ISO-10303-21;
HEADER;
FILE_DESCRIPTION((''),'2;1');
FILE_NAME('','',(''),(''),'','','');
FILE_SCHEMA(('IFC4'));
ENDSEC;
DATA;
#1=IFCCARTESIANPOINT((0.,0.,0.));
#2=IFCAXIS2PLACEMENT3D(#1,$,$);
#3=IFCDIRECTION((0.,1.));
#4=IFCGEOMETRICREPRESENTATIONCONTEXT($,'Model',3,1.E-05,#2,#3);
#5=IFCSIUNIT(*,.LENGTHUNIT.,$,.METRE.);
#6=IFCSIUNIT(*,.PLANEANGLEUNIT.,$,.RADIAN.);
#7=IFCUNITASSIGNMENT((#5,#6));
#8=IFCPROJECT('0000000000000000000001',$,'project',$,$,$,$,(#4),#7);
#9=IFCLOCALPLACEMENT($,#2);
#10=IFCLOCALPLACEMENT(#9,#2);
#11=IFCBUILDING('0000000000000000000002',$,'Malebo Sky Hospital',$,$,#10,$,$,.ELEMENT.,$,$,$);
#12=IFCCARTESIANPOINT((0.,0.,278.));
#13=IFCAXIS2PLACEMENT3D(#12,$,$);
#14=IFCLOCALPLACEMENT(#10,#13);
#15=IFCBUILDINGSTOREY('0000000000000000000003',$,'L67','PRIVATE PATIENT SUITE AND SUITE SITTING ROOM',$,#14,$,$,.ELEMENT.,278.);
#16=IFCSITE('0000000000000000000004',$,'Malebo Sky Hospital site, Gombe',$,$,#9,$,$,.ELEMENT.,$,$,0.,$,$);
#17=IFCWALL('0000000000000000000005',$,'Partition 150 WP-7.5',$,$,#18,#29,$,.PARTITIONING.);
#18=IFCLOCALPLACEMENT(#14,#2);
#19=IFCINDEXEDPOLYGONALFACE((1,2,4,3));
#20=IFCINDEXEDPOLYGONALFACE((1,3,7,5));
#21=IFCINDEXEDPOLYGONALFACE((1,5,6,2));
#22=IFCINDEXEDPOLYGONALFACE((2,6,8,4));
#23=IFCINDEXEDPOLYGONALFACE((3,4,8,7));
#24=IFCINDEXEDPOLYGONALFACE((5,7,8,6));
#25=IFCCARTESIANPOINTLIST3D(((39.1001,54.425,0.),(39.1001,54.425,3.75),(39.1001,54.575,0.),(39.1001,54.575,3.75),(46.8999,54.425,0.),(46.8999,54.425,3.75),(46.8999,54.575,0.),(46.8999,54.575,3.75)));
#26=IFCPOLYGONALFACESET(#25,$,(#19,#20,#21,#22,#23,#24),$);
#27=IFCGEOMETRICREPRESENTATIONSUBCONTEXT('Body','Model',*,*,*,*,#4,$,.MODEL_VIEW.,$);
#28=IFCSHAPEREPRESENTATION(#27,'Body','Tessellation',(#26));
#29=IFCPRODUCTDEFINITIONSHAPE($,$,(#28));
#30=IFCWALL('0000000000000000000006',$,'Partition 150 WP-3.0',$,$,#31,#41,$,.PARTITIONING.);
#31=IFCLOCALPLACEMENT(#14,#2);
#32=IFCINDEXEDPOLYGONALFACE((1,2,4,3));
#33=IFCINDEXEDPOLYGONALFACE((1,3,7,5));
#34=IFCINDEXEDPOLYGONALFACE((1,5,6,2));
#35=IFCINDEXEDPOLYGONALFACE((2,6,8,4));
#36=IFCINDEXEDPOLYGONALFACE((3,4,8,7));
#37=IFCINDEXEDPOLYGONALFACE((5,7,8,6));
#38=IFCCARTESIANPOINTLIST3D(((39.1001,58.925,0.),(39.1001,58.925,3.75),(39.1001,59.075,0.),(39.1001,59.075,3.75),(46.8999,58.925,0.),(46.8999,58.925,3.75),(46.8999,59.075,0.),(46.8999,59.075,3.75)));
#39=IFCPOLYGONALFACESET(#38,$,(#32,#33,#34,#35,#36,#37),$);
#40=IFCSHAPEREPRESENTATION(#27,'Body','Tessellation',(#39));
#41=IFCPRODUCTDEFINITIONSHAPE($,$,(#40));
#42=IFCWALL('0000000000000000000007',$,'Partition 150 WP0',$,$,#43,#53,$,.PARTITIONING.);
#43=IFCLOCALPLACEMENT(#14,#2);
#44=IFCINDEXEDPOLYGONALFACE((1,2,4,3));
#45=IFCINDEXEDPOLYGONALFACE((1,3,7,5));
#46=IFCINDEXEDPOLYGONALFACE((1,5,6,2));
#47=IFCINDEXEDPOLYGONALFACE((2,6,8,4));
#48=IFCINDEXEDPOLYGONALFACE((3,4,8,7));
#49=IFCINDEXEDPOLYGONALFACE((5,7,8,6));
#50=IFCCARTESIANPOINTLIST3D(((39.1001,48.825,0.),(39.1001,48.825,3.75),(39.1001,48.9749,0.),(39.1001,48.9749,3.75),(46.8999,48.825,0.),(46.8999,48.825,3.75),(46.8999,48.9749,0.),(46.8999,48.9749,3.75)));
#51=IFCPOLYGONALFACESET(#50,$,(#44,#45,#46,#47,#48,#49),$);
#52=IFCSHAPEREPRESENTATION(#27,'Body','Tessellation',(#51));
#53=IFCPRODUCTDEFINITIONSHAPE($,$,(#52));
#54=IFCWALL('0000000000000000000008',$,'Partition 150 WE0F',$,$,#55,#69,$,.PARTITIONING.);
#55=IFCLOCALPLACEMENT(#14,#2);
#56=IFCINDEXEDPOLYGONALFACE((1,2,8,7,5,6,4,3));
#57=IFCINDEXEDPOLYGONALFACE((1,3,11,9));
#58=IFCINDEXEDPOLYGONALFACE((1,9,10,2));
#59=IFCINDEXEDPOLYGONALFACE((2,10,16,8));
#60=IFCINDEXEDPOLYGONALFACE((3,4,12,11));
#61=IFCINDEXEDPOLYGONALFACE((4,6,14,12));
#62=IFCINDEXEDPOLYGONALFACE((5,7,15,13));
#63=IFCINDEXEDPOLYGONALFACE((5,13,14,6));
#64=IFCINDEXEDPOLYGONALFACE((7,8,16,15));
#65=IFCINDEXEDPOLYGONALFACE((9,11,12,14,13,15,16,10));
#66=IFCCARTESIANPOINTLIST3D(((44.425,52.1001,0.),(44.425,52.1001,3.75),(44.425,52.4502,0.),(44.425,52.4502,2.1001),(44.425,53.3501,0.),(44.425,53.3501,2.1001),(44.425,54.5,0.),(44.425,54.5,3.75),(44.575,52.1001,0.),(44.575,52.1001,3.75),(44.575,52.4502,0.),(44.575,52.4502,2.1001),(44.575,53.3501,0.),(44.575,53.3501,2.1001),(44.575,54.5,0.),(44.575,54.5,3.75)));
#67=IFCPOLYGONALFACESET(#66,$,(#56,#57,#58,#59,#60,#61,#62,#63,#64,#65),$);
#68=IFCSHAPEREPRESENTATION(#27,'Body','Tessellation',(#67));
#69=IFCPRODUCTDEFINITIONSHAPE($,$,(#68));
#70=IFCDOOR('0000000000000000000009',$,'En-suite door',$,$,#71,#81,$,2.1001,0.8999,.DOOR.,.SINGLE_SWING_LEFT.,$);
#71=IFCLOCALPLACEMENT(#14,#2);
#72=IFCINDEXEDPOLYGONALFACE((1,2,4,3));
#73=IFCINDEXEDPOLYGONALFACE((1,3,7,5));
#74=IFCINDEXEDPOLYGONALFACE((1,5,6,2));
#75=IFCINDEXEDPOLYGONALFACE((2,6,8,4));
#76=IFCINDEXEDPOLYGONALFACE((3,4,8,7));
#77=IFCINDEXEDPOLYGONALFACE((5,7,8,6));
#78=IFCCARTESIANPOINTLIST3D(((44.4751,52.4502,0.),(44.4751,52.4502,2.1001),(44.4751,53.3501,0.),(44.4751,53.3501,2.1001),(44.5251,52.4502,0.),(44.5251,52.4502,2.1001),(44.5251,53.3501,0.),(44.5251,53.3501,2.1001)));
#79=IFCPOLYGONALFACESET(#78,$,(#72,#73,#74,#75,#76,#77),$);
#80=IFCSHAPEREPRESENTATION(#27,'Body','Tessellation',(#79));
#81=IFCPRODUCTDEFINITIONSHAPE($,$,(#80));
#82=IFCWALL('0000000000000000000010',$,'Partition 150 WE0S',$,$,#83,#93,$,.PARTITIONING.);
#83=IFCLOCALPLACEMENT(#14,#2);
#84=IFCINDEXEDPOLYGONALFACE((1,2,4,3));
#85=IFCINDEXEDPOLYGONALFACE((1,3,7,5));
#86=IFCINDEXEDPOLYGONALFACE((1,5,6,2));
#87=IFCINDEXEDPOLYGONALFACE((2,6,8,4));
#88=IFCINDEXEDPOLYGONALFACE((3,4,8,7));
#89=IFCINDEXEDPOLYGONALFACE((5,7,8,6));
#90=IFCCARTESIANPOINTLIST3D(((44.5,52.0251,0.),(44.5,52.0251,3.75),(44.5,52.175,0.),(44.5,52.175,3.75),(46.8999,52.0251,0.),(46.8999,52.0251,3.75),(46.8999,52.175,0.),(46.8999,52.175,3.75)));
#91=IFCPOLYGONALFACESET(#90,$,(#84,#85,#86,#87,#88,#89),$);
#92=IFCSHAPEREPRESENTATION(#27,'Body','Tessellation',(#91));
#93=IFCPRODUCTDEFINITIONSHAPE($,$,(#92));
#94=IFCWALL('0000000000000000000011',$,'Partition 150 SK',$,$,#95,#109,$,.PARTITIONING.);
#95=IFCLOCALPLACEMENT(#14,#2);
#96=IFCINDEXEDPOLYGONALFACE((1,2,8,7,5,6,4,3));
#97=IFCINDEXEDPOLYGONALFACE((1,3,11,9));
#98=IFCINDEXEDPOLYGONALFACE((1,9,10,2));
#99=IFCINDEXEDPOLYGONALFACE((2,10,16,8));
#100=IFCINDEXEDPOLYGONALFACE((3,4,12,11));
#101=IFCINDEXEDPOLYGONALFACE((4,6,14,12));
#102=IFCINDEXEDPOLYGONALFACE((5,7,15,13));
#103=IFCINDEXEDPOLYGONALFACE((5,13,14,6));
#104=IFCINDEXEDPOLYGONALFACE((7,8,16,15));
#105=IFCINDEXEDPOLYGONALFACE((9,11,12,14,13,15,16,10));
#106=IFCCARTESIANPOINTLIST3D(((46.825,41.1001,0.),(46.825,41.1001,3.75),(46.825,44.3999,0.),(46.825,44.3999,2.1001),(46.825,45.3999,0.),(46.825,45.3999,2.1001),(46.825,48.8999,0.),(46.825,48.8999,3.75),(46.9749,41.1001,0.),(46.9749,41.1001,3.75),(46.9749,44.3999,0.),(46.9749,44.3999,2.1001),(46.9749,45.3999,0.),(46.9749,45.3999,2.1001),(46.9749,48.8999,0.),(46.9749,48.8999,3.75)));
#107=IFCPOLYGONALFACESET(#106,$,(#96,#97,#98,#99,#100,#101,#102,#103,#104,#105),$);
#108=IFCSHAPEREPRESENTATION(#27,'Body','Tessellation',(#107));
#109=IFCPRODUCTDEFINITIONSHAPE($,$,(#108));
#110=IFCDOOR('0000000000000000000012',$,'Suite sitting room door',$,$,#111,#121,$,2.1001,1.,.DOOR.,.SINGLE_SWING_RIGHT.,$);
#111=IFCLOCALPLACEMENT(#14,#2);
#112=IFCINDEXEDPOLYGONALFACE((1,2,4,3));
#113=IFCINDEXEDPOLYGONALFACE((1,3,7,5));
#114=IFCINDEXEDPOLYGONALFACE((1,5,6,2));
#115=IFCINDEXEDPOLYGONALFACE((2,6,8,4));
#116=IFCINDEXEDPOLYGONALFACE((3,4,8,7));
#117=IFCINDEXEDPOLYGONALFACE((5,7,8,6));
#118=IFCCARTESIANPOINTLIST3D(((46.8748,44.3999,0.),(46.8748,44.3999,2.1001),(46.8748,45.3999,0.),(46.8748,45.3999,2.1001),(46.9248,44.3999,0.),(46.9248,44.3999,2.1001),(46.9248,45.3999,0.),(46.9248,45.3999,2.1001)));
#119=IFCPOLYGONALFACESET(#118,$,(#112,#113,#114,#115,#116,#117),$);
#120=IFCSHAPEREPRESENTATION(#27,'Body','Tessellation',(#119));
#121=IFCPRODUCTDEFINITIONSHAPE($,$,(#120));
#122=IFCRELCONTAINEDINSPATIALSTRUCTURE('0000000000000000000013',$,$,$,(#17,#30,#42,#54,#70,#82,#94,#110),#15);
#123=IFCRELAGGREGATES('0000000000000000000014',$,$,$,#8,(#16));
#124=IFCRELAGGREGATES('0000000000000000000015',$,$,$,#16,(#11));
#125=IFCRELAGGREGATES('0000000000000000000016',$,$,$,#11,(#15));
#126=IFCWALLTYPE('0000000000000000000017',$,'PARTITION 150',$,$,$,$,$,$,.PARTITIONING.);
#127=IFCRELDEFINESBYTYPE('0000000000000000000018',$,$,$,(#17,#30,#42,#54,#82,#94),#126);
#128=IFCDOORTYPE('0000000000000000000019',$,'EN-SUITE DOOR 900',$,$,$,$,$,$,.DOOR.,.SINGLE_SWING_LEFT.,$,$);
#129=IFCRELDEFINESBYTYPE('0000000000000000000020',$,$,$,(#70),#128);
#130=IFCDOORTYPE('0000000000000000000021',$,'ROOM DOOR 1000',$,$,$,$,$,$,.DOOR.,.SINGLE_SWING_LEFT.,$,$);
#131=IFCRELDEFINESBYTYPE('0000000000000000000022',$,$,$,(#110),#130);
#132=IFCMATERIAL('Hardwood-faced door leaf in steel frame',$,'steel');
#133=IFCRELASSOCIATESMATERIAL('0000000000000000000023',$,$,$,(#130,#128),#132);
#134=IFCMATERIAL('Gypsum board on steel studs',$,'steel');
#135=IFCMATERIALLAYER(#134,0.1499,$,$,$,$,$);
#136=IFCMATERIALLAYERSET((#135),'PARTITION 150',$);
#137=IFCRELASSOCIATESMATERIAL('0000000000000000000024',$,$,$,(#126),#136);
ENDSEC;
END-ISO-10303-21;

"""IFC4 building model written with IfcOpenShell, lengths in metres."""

from ifc_helpers import new_model, si_unit, direction, frame, frame_2d, origin, place, context, subcontext, project, spatial, rectangle, extrude, material, layer, layer_set, type_object, element, fill, save


model = new_model("IFC4")

# Units and contexts
model_context = context("Model", 3, precision=1e-05, world=origin(), true_north=direction((0.0, 1.0)))
body_context = subcontext(model_context, "Body", "Model", "MODEL_VIEW")
ifc_project = project(units=[si_unit("LENGTHUNIT", "METRE"), si_unit("PLANEANGLEUNIT", "RADIAN")], contexts=[model_context])

# Site, building, storey
site_placement = place(None, origin())
site = spatial("IfcSite", under=ifc_project, at=site_placement, Name="Malebo Sky Hospital site, Gombe", CompositionType="ELEMENT", RefElevation=0.0)
building_placement = place(site_placement, origin())
building = spatial("IfcBuilding", under=site, at=building_placement, Name="Malebo Sky Hospital", CompositionType="ELEMENT")
storey_placement = place(building_placement, frame((0.0, 0.0, 278.0)))
storey = spatial("IfcBuildingStorey", under=building, at=storey_placement, Name="L67", Description="PRIVATE PATIENT SUITE AND SUITE SITTING ROOM", CompositionType="ELEMENT", Elevation=278.0)

# Shared definitions
ifc_material_1 = material(Name="Gypsum board on steel studs", Category="steel")
ifc_material_2 = material(Name="Hardwood-faced door leaf in steel frame", Category="steel")
door_type_1 = type_object("IfcDoorType", Name="ROOM DOOR 1000", OperationType="SINGLE_SWING_LEFT", PredefinedType="DOOR", material=ifc_material_2)

# Walls
ifc_layer_1 = layer(ifc_material_1, 0.1499)
ifc_layer_set_1 = layer_set([ifc_layer_1], Name="PARTITION 150")
wall_type_1 = type_object("IfcWallType", Name="PARTITION 150", PredefinedType="PARTITIONING", material=ifc_layer_set_1)
for number, where, z_axis, x_axis, name in (
    (1, (46.8999, 54.5, 0.0), (0.0, 0.0, 1.0), (-1.0, 0.0, 0.0), "Partition 150 WP-7.5"),
    (2, (46.8999, 59.0, 0.0), (0.0, 0.0, 1.0), (-1.0, 0.0, 0.0), "Partition 150 WP-3.0"),
    (3, (46.8999, 48.8999, 0.0), (0.0, 0.0, 1.0), (-1.0, 0.0, 0.0), "Partition 150 WP0"),
):
    element("IfcWall", number, at=place(storey_placement, frame(where, z_axis=z_axis, x_axis=x_axis)), inside=storey, type_object=wall_type_1, Name=name, PredefinedType="PARTITIONING", context=body_context, shape_type="SweptSolid", body=[
        extrude(rectangle(XDim=7.7998, YDim=0.1499, at=frame_2d((3.8999, 0.0))), origin(), (0.0, 0.0, 1.0), 3.75),
    ])

# Wall, opening, door
wall_1_placement = place(storey_placement, frame((44.5, 52.1001, 0.0), z_axis=(0.0, 0.0, 1.0), x_axis=(0.0, 1.0, 0.0)))
wall_1 = element("IfcWall", 4, at=wall_1_placement, inside=storey, type_object=wall_type_1, Name="Partition 150 WE0F", PredefinedType="PARTITIONING", context=body_context, shape_type="SweptSolid", body=[
    extrude(rectangle(XDim=2.3999, YDim=0.1499, at=frame_2d((1.2, 0.0))), origin(), (0.0, 0.0, 1.0), 3.75),
])
opening_1_placement = place(wall_1_placement, frame((0.3501, 0.0, 0.0)))
opening_1 = element("IfcOpeningElement", 5, at=opening_1_placement, cuts=wall_1, PredefinedType="OPENING", context=body_context, shape_type="SweptSolid", body=[
    extrude(rectangle(XDim=0.8999, YDim=2.1001, at=frame_2d((0.45, 1.05))), frame((0.0, 0.085, 0.0), z_axis=(0.0, -1.0, 0.0), x_axis=(1.0, 0.0, 0.0)), (0.0, 0.0, 1.0), 0.1699),
])
door_type_2 = type_object("IfcDoorType", Name="EN-SUITE DOOR 900", OperationType="SINGLE_SWING_LEFT", PredefinedType="DOOR", material=ifc_material_2)
door_1_placement = place(opening_1_placement, origin())
door_1 = element("IfcDoor", 6, at=door_1_placement, inside=storey, type_object=door_type_2, Name="En-suite door", OperationType="SINGLE_SWING_LEFT", OverallHeight=2.1001, OverallWidth=0.8999, PredefinedType="DOOR", context=body_context, shape_type="SweptSolid", body=[
    extrude(rectangle(XDim=0.8999, YDim=2.1001, at=frame_2d((0.45, 1.05))), frame((0.0, 0.0249, 0.0), z_axis=(0.0, -1.0, 0.0), x_axis=(1.0, 0.0, 0.0)), (0.0, 0.0, 1.0), 0.05),
])
fill(opening_1, door_1)

# Wall
wall_2_placement = place(storey_placement, frame((46.8999, 52.1001, 0.0), z_axis=(0.0, 0.0, 1.0), x_axis=(-1.0, 0.0, 0.0)))
element("IfcWall", 7, at=wall_2_placement, inside=storey, type_object=wall_type_1, Name="Partition 150 WE0S", PredefinedType="PARTITIONING", context=body_context, shape_type="SweptSolid", body=[
    extrude(rectangle(XDim=2.3999, YDim=0.1499, at=frame_2d((1.2, 0.0))), origin(), (0.0, 0.0, 1.0), 3.75),
])

# Wall, opening, door
wall_3_placement = place(storey_placement, frame((46.8999, 48.8999, 0.0), z_axis=(0.0, 0.0, 1.0), x_axis=(0.0, -1.0, 0.0)))
wall_3 = element("IfcWall", 8, at=wall_3_placement, inside=storey, type_object=wall_type_1, Name="Partition 150 SK", PredefinedType="PARTITIONING", context=body_context, shape_type="SweptSolid", body=[
    extrude(rectangle(XDim=7.7998, YDim=0.1499, at=frame_2d((3.8999, 0.0))), origin(), (0.0, 0.0, 1.0), 3.75),
])
opening_2_placement = place(wall_3_placement, frame((3.5, 0.0, 0.0)))
opening_2 = element("IfcOpeningElement", 9, at=opening_2_placement, cuts=wall_3, PredefinedType="OPENING", context=body_context, shape_type="SweptSolid", body=[
    extrude(rectangle(XDim=1.0, YDim=2.1001, at=frame_2d((0.5, 1.05))), frame((0.0, 0.085, 0.0), z_axis=(0.0, -1.0, 0.0), x_axis=(1.0, 0.0, 0.0)), (0.0, 0.0, 1.0), 0.1699),
])
door_2_placement = place(opening_2_placement, origin())
door_2 = element("IfcDoor", 10, at=door_2_placement, inside=storey, type_object=door_type_1, Name="Suite sitting room door", OperationType="SINGLE_SWING_RIGHT", OverallHeight=2.1001, OverallWidth=1.0, PredefinedType="DOOR", context=body_context, shape_type="SweptSolid", body=[
    extrude(rectangle(XDim=1.0, YDim=2.1001, at=frame_2d((0.5, 1.05))), frame((0.0, 0.0249, 0.0), z_axis=(0.0, -1.0, 0.0), x_axis=(1.0, 0.0, 0.0)), (0.0, 0.0, 1.0), 0.05),
])
fill(opening_2, door_2)

save(model, "model.ifc")
